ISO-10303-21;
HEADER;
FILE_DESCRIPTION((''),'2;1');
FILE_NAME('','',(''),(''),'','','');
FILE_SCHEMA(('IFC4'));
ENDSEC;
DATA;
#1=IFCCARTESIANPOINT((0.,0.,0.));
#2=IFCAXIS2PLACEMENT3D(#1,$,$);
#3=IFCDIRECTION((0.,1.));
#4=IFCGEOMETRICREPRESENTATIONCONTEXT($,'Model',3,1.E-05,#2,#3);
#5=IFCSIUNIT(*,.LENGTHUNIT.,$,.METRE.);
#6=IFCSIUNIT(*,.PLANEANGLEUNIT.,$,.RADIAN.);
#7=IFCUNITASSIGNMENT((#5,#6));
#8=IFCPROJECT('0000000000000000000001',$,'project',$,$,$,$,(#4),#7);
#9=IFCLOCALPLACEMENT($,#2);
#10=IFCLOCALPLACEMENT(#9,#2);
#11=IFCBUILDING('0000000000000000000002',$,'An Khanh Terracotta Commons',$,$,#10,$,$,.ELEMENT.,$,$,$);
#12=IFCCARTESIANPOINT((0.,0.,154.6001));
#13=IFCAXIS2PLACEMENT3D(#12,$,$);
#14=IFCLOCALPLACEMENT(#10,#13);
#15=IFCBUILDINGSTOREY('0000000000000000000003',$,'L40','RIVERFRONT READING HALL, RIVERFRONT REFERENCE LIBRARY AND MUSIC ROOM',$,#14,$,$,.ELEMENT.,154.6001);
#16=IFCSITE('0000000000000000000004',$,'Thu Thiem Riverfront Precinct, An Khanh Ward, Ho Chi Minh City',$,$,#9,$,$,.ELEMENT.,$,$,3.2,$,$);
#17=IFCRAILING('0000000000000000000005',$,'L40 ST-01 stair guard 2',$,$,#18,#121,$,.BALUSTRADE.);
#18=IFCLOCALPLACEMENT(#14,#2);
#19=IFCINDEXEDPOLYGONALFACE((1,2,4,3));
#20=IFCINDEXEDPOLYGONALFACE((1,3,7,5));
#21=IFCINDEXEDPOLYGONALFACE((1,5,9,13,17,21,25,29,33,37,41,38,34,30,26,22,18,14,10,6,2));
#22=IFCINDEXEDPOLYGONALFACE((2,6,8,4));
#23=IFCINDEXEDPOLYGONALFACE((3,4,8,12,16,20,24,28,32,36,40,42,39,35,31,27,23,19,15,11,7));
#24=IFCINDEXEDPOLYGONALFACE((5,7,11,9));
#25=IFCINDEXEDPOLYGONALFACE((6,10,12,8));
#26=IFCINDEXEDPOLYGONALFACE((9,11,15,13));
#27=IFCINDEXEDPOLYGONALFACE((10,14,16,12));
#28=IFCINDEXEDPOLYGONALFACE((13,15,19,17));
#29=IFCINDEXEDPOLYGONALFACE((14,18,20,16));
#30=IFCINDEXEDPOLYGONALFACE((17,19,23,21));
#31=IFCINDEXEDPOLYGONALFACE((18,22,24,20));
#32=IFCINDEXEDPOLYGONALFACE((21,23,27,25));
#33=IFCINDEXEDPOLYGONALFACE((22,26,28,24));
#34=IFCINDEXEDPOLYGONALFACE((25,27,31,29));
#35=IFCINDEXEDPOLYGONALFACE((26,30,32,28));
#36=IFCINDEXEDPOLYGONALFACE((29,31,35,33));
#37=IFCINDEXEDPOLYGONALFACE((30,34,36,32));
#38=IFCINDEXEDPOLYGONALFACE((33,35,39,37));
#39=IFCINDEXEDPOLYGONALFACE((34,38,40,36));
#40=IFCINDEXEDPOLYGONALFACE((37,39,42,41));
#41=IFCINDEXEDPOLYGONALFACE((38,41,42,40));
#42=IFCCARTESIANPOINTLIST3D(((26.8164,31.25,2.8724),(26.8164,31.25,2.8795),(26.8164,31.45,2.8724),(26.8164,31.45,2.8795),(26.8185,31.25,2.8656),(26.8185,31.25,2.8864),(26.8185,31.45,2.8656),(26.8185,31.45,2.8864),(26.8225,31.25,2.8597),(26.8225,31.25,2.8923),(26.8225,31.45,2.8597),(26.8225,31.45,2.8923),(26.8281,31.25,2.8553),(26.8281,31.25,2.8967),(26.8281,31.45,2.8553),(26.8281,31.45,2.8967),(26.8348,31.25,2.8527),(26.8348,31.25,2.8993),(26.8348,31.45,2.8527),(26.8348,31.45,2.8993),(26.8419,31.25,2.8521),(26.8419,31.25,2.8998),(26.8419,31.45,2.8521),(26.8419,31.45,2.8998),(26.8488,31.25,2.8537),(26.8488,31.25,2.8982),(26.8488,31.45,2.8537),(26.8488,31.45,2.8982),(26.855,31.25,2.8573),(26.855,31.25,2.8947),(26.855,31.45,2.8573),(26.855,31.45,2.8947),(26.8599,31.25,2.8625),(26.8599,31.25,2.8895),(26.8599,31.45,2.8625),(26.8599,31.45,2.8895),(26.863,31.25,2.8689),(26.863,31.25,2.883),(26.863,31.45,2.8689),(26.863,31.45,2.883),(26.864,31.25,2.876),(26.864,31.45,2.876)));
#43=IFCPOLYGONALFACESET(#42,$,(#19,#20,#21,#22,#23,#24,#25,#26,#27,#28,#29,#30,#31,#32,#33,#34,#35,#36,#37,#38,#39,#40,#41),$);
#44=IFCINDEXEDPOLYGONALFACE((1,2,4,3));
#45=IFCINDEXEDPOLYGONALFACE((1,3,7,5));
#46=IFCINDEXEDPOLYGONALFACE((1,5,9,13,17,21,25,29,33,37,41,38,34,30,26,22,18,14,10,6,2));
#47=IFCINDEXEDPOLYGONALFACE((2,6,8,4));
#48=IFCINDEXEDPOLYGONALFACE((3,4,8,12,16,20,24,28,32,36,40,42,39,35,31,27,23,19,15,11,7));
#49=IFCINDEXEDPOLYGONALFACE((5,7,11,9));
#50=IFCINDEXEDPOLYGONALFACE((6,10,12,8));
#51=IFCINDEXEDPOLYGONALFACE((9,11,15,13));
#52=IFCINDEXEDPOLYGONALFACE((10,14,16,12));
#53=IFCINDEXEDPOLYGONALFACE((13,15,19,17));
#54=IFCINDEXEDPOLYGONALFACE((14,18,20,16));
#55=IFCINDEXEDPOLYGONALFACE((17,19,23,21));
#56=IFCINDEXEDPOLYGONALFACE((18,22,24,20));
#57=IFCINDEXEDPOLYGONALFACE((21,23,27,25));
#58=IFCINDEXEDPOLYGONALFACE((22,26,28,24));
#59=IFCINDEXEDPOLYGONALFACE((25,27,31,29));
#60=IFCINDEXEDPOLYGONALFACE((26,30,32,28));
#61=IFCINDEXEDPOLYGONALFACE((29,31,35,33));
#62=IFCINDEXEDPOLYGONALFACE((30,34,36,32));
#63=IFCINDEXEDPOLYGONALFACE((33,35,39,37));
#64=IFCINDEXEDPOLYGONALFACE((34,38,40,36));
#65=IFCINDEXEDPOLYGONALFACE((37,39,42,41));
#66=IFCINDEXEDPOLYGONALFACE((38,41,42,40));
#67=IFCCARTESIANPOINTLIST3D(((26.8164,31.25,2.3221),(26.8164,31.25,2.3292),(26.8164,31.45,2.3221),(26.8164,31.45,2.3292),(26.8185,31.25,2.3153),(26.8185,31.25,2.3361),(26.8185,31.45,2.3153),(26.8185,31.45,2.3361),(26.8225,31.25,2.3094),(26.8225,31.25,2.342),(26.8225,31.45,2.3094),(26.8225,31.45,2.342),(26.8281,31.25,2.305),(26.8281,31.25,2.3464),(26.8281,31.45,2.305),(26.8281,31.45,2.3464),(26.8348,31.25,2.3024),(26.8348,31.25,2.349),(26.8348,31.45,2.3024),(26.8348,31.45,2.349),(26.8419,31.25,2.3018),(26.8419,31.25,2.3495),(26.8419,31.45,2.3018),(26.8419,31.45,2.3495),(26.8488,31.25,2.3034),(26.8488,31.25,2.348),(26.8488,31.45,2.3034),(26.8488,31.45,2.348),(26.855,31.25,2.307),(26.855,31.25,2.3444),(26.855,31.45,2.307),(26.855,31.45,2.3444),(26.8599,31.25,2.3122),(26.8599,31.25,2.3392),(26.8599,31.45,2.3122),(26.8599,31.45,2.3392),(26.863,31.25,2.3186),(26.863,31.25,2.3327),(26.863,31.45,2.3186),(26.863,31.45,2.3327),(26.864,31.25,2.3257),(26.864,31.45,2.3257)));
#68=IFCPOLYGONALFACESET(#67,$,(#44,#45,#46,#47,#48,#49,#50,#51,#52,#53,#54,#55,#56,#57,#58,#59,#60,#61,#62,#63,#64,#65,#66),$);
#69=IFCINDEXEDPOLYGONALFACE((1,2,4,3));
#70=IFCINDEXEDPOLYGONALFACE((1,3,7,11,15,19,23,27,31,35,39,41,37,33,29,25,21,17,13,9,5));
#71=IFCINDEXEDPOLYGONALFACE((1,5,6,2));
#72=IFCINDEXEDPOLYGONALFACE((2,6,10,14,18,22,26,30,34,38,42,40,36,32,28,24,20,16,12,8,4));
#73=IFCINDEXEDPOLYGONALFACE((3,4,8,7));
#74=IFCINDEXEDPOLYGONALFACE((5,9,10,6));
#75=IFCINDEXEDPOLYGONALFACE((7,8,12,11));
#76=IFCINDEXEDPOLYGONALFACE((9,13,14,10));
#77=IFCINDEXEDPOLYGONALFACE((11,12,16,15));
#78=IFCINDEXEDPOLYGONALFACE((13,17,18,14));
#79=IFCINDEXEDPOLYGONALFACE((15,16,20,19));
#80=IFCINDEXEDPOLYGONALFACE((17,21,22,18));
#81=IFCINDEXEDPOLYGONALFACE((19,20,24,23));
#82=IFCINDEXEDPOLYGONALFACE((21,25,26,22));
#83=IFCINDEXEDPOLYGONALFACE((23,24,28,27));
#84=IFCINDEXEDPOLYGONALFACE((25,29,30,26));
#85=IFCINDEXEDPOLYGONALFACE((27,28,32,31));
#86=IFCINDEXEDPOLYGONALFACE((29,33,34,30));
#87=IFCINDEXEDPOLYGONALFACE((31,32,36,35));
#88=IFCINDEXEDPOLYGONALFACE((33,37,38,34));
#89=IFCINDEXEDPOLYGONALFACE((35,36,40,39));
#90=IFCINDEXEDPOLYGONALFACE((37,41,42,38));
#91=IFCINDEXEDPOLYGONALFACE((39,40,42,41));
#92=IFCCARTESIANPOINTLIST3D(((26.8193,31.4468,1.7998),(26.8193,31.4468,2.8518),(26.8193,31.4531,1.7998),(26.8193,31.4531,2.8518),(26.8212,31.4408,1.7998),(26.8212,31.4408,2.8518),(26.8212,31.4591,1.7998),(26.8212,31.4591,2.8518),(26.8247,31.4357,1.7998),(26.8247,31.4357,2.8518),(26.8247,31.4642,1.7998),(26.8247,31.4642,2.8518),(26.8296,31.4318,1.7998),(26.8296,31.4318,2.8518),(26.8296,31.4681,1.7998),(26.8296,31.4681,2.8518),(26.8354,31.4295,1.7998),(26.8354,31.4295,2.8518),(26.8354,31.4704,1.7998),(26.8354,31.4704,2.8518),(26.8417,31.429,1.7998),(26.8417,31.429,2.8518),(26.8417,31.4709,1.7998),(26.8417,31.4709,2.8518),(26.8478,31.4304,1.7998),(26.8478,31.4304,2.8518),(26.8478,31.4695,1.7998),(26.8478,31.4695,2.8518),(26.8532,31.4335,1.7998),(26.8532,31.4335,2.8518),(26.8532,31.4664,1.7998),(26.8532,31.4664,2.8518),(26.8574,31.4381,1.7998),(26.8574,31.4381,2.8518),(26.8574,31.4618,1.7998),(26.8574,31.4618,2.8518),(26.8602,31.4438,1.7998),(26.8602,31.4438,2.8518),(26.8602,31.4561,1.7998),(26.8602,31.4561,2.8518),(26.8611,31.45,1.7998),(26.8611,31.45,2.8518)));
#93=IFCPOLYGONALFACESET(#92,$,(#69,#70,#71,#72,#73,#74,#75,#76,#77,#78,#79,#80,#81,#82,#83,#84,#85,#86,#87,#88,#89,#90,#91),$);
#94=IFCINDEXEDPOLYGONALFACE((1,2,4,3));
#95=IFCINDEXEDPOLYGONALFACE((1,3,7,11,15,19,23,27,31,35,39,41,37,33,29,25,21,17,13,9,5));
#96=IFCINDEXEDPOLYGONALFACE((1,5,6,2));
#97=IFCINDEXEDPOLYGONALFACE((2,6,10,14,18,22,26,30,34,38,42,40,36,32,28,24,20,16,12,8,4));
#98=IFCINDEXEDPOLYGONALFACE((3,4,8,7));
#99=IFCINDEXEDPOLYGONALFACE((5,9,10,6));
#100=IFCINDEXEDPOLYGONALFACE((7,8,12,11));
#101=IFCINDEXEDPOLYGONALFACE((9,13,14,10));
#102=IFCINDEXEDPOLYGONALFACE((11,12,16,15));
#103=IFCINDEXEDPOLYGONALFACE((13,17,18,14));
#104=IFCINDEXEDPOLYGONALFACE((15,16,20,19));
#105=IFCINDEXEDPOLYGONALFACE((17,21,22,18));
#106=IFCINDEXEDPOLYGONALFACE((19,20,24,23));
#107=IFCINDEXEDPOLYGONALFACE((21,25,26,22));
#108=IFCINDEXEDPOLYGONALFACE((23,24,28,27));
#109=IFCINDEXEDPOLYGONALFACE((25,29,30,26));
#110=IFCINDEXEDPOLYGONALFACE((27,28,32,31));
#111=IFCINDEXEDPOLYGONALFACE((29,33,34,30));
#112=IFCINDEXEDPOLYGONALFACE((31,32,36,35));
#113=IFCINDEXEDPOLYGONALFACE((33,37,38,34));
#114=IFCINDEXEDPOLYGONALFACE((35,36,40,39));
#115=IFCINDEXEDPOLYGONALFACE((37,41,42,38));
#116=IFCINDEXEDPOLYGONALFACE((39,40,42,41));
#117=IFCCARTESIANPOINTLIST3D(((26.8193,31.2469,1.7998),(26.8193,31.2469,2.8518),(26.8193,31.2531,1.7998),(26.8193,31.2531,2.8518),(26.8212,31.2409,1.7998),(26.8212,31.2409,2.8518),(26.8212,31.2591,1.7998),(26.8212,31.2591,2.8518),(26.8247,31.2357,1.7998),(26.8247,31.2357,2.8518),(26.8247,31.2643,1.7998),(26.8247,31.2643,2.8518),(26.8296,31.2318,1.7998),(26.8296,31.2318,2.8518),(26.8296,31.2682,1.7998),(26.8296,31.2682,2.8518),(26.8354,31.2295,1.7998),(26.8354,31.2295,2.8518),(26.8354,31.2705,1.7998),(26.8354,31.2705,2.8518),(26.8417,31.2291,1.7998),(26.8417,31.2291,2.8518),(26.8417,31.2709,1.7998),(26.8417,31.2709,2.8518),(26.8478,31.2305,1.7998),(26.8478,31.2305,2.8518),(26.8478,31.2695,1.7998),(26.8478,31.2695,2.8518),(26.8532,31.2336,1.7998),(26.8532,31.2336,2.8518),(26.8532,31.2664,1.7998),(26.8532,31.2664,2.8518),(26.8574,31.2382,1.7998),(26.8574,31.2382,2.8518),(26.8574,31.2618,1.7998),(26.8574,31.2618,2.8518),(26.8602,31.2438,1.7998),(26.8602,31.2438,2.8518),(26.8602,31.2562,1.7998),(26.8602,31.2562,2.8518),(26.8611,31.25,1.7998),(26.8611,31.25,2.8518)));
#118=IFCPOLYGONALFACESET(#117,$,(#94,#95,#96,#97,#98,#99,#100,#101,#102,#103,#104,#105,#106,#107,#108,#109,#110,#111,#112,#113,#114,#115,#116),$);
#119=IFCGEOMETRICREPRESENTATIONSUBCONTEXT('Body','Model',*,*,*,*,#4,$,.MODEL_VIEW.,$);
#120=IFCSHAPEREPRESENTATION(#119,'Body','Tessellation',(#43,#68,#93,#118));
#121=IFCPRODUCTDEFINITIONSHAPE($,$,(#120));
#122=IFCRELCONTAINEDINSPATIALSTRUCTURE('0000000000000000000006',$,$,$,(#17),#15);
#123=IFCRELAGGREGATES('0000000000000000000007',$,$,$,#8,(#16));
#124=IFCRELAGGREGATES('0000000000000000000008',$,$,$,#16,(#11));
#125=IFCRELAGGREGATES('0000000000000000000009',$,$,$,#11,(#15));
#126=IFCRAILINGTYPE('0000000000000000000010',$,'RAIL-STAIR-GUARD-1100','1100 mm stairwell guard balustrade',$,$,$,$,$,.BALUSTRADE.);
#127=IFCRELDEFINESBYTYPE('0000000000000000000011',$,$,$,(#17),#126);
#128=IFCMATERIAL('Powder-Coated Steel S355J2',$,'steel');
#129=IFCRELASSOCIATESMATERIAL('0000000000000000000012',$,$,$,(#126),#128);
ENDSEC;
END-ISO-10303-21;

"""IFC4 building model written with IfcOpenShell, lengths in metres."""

from ifc_helpers import new_model, si_unit, direction, frame, origin, origin_2d, place, context, subcontext, project, spatial, circle, extrude, material, type_object, element, save


model = new_model("IFC4")

# Units and contexts
model_context = context("Model", 3, precision=1e-05, world=origin(), true_north=direction((0.0, 1.0)))
body_context = subcontext(model_context, "Body", "Model", "MODEL_VIEW")
ifc_project = project(units=[si_unit("LENGTHUNIT", "METRE"), si_unit("PLANEANGLEUNIT", "RADIAN")], contexts=[model_context])

# Site, building, storey
site_placement = place(None, origin())
site = spatial("IfcSite", under=ifc_project, at=site_placement, Name="Thu Thiem Riverfront Precinct, An Khanh Ward, Ho Chi Minh City", CompositionType="ELEMENT", RefElevation=3.2)
building_placement = place(site_placement, origin())
building = spatial("IfcBuilding", under=site, at=building_placement, Name="An Khanh Terracotta Commons", CompositionType="ELEMENT")
storey_placement = place(building_placement, frame((0.0, 0.0, 154.6001)))
storey = spatial("IfcBuildingStorey", under=building, at=storey_placement, Name="L40", Description="RIVERFRONT READING HALL, RIVERFRONT REFERENCE LIBRARY AND MUSIC ROOM", CompositionType="ELEMENT", Elevation=154.6001)

# Railing
ifc_material_1 = material(Name="Powder-Coated Steel S355J2", Category="steel")
railing_type_1 = type_object("IfcRailingType", Name="RAIL-STAIR-GUARD-1100", Description="1100 mm stairwell guard balustrade", PredefinedType="BALUSTRADE", material=ifc_material_1)
railing_1_placement = place(storey_placement, frame((26.8401, 31.45, 1.7998)))
element("IfcRailing", 1, at=railing_1_placement, inside=storey, type_object=railing_type_1, Name="L40 ST-01 stair guard 2", PredefinedType="BALUSTRADE", context=body_context, shape_type="SweptSolid", body=[
    extrude(circle(Radius=0.0239, at=origin_2d()), frame((0.0, 0.0, 1.0762), z_axis=(0.0, -1.0, 0.0), x_axis=(1.0, 0.0, 0.0)), (0.0, 0.0, 1.0), 0.2),
    extrude(circle(Radius=0.0239, at=origin_2d()), frame((0.0, 0.0, 0.5259), z_axis=(0.0, -1.0, 0.0), x_axis=(1.0, 0.0, 0.0)), (0.0, 0.0, 1.0), 0.2),
    extrude(circle(Radius=0.021, at=origin_2d()), origin(), (0.0, 0.0, 1.0), 1.052),
    extrude(circle(Radius=0.021, at=origin_2d()), frame((0.0, -0.2, 0.0)), (0.0, 0.0, 1.0), 1.052),
])

save(model, "model.ifc")
